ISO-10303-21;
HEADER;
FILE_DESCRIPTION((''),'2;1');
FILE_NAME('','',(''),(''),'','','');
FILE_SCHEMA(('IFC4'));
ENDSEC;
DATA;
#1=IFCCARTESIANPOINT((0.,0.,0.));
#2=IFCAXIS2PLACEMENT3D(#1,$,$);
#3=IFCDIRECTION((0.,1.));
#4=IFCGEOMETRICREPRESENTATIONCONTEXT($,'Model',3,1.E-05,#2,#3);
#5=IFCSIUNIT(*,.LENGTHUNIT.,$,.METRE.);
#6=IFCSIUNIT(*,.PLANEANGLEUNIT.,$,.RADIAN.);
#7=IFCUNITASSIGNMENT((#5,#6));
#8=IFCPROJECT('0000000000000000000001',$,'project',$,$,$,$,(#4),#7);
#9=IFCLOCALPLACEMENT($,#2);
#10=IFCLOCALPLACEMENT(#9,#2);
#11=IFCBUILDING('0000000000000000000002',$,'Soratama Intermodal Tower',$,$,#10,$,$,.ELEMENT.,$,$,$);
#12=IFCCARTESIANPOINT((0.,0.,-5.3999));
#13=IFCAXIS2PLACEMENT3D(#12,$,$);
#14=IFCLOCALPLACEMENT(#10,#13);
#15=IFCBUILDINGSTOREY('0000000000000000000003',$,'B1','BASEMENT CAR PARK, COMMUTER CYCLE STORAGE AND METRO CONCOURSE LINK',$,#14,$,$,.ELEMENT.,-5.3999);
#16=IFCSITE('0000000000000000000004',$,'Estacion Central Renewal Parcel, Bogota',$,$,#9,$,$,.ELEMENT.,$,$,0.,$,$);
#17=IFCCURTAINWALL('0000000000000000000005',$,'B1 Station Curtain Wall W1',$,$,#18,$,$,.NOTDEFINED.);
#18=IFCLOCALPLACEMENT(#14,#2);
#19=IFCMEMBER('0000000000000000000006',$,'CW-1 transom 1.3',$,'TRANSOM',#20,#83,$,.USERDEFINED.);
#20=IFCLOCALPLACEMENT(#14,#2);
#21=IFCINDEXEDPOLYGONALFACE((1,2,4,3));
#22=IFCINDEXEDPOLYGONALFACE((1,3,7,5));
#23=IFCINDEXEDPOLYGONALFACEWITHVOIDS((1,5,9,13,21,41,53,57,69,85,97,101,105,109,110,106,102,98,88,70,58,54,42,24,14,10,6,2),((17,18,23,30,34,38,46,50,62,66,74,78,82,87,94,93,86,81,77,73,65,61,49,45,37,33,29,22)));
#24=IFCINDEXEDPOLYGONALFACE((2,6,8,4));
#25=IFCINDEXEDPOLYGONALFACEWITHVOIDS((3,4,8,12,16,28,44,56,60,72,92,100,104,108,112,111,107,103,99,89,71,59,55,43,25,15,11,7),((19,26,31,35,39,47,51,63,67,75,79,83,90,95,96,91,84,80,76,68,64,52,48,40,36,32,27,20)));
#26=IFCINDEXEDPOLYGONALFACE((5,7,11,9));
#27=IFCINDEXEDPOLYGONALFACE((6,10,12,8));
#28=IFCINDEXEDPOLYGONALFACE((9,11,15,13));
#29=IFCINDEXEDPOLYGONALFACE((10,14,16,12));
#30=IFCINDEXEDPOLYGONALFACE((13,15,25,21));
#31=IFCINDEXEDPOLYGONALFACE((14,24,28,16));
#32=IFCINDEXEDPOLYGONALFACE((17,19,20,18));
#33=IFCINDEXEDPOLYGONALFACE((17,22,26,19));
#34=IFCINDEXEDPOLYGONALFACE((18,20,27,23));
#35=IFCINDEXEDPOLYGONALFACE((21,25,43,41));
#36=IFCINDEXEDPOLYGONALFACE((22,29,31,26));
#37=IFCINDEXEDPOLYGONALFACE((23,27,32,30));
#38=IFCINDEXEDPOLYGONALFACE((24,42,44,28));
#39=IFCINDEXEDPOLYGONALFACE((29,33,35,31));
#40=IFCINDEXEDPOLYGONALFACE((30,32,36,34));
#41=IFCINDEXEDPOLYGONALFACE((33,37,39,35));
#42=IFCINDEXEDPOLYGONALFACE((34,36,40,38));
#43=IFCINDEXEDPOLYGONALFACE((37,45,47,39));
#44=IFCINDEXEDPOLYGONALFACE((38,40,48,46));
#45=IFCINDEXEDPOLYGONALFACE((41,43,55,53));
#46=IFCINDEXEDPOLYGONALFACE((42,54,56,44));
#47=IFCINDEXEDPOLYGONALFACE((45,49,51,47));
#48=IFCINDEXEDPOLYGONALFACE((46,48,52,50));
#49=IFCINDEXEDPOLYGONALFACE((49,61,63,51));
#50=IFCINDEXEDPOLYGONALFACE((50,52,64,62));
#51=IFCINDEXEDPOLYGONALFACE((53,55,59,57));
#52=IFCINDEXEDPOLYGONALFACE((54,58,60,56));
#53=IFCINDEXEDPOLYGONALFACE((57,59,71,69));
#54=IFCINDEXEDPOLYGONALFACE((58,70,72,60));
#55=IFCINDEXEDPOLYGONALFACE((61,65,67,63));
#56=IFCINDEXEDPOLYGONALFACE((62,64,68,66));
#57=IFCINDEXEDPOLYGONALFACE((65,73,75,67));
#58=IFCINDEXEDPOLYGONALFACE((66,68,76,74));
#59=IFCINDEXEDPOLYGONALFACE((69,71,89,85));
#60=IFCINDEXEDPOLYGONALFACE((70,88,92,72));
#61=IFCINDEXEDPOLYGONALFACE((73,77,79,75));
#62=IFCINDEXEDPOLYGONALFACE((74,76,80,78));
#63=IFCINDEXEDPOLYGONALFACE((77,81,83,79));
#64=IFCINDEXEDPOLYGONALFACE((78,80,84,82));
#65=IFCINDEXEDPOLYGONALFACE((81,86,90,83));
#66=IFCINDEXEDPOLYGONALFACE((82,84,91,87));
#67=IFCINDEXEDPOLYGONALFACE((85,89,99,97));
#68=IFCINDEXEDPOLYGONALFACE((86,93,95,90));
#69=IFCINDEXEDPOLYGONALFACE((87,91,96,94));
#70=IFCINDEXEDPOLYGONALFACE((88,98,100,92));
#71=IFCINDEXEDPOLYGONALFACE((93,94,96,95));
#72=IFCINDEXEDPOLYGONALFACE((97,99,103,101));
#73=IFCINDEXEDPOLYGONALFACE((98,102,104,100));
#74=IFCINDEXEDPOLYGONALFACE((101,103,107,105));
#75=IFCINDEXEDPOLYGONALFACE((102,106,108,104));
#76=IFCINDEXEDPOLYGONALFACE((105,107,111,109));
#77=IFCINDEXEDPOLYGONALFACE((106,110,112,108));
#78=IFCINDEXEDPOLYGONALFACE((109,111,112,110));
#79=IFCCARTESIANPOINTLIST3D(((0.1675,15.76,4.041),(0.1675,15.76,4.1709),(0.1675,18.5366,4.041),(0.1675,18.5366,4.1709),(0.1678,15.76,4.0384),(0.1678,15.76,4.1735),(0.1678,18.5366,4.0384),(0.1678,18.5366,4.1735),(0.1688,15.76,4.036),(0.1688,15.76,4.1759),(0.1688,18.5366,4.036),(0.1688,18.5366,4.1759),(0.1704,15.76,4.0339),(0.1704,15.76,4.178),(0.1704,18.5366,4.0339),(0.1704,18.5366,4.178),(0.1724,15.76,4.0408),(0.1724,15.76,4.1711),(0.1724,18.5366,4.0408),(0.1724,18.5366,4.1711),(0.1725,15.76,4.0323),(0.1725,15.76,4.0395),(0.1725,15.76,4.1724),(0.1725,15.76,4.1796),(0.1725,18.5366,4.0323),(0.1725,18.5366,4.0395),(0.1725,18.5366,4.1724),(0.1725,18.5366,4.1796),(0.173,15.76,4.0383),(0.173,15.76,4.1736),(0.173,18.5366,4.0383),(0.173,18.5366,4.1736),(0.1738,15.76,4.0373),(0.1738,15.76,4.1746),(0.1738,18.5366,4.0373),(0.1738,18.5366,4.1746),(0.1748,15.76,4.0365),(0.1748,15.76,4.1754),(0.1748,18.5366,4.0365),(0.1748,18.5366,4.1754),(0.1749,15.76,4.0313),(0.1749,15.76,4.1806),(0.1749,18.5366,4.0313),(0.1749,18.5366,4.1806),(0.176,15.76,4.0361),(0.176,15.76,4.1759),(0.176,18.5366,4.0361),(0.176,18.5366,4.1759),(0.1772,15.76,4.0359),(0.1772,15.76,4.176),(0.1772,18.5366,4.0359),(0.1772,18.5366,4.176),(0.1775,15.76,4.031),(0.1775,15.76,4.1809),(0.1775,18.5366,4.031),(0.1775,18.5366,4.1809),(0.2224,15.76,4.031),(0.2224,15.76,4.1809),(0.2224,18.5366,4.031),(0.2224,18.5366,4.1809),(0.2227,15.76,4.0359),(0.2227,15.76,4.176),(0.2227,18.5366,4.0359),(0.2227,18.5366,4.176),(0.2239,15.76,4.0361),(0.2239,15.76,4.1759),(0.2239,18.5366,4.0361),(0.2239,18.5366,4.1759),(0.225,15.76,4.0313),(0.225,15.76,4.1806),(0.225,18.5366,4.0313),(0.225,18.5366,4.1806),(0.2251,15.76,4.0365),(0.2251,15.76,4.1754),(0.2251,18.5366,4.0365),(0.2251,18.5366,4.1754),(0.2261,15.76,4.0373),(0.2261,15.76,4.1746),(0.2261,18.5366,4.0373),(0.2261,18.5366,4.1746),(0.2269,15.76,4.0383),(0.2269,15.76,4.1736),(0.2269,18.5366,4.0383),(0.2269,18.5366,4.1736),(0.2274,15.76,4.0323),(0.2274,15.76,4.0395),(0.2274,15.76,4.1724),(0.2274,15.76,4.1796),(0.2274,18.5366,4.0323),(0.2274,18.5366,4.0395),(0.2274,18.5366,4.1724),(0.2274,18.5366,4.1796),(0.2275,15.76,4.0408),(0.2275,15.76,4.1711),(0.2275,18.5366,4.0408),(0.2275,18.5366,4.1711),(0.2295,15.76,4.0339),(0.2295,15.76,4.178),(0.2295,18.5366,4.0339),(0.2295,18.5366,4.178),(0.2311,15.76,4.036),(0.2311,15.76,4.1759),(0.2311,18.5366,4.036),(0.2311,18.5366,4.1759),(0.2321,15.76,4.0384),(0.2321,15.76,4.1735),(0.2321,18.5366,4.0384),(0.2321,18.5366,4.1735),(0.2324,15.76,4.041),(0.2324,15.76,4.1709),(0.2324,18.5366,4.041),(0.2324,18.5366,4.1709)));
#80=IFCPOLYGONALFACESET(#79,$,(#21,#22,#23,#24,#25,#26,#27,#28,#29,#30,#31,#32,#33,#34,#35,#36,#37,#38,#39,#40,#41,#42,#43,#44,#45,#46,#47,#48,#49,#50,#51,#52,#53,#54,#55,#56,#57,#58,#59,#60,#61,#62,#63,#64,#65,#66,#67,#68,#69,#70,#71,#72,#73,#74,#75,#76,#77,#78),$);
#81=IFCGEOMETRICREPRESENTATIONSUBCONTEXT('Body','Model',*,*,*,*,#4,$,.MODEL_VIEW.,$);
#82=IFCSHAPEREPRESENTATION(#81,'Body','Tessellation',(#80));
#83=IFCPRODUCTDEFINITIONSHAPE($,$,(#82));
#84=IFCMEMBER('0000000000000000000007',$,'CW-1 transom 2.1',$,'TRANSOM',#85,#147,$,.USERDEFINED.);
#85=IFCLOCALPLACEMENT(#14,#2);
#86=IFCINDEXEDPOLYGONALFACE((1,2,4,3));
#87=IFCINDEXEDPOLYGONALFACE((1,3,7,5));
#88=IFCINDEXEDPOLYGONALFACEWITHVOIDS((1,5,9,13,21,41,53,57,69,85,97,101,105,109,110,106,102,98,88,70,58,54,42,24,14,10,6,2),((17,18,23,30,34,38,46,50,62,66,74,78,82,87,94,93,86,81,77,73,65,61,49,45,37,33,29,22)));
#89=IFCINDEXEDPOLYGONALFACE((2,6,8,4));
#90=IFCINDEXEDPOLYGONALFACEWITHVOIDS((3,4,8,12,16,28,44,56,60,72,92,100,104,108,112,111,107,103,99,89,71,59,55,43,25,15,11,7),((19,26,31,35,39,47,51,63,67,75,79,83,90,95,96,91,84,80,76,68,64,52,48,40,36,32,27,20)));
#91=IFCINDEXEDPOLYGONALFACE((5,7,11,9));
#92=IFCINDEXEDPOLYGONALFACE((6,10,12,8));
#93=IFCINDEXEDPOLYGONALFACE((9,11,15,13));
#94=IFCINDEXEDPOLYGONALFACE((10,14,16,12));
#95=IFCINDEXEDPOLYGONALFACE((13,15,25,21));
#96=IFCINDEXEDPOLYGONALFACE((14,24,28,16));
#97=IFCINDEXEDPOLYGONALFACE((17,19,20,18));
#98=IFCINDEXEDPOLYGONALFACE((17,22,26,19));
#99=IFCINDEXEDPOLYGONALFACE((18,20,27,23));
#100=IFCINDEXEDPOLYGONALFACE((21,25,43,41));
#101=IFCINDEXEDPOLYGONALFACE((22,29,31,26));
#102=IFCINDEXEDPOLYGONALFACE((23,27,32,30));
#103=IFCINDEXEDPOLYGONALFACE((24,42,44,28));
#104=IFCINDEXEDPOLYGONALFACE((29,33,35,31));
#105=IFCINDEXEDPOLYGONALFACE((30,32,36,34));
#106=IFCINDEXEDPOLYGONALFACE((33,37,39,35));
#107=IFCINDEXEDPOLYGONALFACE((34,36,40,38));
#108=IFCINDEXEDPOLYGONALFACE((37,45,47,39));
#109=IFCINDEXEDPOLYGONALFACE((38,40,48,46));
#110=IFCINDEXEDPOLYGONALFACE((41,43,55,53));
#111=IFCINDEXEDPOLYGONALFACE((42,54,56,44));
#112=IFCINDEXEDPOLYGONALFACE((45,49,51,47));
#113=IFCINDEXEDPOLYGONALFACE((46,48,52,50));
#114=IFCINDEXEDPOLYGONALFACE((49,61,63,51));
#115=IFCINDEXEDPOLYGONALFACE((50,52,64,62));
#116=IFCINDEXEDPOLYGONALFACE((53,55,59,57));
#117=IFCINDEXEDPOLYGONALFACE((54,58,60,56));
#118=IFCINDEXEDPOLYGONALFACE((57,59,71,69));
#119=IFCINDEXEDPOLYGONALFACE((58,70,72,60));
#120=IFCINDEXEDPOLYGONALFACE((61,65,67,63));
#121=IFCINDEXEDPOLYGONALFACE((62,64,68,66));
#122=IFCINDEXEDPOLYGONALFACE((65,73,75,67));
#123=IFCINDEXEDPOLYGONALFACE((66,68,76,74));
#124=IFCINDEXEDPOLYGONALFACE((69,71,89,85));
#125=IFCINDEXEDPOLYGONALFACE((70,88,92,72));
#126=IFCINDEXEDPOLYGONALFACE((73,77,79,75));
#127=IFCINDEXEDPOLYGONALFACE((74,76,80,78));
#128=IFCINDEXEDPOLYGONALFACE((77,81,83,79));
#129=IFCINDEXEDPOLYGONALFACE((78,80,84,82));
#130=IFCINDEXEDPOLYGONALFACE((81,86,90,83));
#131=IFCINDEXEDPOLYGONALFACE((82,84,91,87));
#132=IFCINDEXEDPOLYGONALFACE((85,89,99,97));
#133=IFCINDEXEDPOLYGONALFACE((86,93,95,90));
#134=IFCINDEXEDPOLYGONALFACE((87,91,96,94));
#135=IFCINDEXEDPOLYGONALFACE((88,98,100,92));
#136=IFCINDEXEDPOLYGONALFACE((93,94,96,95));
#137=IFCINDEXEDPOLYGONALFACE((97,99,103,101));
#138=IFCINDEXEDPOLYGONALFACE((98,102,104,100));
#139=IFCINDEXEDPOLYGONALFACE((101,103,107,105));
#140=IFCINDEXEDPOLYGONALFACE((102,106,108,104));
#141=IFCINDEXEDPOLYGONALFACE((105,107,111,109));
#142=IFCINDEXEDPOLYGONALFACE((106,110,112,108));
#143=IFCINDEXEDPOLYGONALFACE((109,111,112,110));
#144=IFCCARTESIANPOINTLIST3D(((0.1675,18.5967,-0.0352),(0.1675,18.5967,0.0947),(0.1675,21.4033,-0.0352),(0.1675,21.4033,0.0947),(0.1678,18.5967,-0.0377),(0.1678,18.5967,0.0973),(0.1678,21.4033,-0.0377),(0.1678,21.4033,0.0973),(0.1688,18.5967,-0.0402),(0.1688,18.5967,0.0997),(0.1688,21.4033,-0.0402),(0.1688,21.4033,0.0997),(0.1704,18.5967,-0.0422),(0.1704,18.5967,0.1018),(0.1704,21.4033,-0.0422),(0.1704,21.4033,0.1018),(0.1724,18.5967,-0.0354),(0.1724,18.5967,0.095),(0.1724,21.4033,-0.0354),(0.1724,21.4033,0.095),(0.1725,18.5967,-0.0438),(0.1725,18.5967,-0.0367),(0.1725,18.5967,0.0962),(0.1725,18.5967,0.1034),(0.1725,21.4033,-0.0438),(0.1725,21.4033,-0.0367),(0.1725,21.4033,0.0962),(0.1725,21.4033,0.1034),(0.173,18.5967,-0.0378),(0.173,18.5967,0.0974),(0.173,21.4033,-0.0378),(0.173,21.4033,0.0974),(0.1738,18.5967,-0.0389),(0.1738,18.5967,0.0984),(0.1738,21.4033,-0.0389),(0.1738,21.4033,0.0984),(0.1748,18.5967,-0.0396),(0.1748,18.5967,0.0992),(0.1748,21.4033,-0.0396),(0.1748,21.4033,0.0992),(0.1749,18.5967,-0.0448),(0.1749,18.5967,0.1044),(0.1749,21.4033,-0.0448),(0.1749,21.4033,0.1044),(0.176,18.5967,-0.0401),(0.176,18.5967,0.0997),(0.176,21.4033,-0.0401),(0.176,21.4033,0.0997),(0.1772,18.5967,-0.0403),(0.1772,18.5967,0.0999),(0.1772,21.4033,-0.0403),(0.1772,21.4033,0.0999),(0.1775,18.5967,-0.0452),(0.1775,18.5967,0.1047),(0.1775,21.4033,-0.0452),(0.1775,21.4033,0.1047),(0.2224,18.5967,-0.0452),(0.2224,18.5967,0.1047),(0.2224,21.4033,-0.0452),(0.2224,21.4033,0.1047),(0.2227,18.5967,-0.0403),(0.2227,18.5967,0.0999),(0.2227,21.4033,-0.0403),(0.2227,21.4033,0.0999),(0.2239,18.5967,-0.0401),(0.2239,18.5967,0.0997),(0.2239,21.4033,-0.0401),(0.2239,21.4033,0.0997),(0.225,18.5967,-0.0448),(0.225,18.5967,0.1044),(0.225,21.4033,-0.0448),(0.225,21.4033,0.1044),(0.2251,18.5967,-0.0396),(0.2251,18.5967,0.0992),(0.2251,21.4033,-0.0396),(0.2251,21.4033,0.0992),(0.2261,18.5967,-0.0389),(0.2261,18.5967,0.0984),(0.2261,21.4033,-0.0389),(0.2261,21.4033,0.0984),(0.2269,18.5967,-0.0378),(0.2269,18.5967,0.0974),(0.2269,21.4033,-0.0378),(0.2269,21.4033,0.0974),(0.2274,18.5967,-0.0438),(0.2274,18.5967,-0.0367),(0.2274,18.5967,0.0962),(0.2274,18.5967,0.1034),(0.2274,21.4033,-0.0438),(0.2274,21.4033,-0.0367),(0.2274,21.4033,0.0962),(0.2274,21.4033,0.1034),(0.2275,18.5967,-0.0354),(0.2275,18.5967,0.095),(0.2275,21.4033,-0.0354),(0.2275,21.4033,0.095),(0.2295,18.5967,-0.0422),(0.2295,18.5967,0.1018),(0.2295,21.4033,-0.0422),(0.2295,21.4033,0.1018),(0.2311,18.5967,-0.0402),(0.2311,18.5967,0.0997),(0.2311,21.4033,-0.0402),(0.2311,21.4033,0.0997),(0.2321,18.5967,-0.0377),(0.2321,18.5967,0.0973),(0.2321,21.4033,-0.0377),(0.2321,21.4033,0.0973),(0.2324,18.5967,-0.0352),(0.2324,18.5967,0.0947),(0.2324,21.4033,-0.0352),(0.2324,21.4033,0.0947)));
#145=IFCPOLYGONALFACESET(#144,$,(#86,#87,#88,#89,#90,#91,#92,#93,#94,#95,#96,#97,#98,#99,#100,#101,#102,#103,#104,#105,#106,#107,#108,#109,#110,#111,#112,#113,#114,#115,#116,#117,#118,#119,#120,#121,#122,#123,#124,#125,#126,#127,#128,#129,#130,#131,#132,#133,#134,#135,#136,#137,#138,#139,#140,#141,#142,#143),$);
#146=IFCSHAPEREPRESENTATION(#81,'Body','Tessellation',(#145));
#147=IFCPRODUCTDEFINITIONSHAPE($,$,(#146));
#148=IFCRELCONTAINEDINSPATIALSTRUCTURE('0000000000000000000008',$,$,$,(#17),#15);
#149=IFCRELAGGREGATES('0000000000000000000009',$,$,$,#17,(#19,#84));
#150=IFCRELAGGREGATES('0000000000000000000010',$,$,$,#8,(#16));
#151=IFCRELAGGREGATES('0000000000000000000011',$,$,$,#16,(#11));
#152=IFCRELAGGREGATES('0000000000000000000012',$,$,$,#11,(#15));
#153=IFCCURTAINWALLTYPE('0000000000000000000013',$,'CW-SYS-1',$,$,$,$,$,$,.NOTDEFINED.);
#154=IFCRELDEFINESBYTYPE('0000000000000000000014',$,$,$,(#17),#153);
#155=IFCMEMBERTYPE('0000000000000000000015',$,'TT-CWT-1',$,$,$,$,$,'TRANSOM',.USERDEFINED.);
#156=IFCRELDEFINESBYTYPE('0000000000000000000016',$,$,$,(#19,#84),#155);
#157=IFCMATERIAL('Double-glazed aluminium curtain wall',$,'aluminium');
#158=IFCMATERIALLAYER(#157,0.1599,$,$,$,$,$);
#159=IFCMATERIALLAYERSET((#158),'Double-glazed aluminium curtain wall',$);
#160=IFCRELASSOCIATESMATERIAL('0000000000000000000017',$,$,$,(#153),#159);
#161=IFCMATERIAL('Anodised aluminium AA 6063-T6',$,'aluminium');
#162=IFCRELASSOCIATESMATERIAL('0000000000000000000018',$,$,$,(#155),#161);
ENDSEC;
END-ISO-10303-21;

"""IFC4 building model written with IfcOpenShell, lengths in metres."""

from ifc_helpers import new_model, si_unit, direction, frame, origin, origin_2d, place, context, subcontext, project, spatial, hollow_rectangle, extrude, material, layer, layer_set, material_profile, profile_set, type_object, element, aggregate, save


model = new_model("IFC4")

# Units and contexts
model_context = context("Model", 3, precision=1e-05, world=origin(), true_north=direction((0.0, 1.0)))
body_context = subcontext(model_context, "Body", "Model", "MODEL_VIEW")
ifc_project = project(units=[si_unit("LENGTHUNIT", "METRE"), si_unit("PLANEANGLEUNIT", "RADIAN")], contexts=[model_context])

# Site, building, storey
site_placement = place(None, origin())
site = spatial("IfcSite", under=ifc_project, at=site_placement, Name="Estacion Central Renewal Parcel, Bogota", CompositionType="ELEMENT", RefElevation=0.0)
building_placement = place(site_placement, origin())
building = spatial("IfcBuilding", under=site, at=building_placement, Name="Soratama Intermodal Tower", CompositionType="ELEMENT")
storey_placement = place(building_placement, frame((0.0, 0.0, -5.3999)))
storey = spatial("IfcBuildingStorey", under=building, at=storey_placement, Name="B1", Description="BASEMENT CAR PARK, COMMUTER CYCLE STORAGE AND METRO CONCOURSE LINK", CompositionType="ELEMENT", Elevation=-5.3999)

# Curtain wall, members
ifc_material_1 = material(Name="Double-glazed aluminium curtain wall", Category="aluminium")
ifc_layer_1 = layer(ifc_material_1, 0.1599)
ifc_layer_set_1 = layer_set([ifc_layer_1], Name="Double-glazed aluminium curtain wall")
curtain_wall_type = type_object("IfcCurtainWallType", Name="CW-SYS-1", PredefinedType="NOTDEFINED", material=ifc_layer_set_1)
curtain_wall_placement = place(storey_placement, origin())
curtain_wall = element("IfcCurtainWall", 1, at=curtain_wall_placement, inside=storey, type_object=curtain_wall_type, Name="B1 Station Curtain Wall W1", PredefinedType="NOTDEFINED")
ifc_material_2 = material(Name="Anodised aluminium AA 6063-T6", Category="aluminium")
ifc_material_profile_1 = material_profile(ifc_material_2, hollow_rectangle(XDim=0.0649, YDim=0.1499, WallThickness=0.0049, InnerFilletRadius=0.0049, OuterFilletRadius=0.01, at=origin_2d()), Name="CWT150X65X5")
ifc_profile_set_1 = profile_set([ifc_material_profile_1], Name="Anodised aluminium AA 6063-T6")
member_type_1 = type_object("IfcMemberType", Name="TT-CWT-1", ElementType="TRANSOM", PredefinedType="USERDEFINED", material=ifc_profile_set_1)
member_1_placement = place(storey_placement, frame((0.2, 15.76, 4.106), z_axis=(0.0, 1.0, 0.0), x_axis=(-1.0, 0.0, 0.0)))
member_1 = element("IfcMember", 2, at=member_1_placement, type_object=member_type_1, Name="CW-1 transom 1.3", ObjectType="TRANSOM", PredefinedType="USERDEFINED", context=body_context, shape_type="SweptSolid", body=[
    extrude(hollow_rectangle(XDim=0.0649, YDim=0.1499, WallThickness=0.0049, InnerFilletRadius=0.0049, OuterFilletRadius=0.01, at=origin_2d()), origin(), (0.0, 0.0, 1.0), 2.7766),
])
member_2_placement = place(storey_placement, frame((0.2, 18.5967, 0.0298), z_axis=(0.0, 1.0, 0.0), x_axis=(-1.0, 0.0, 0.0)))
member_2 = element("IfcMember", 3, at=member_2_placement, type_object=member_type_1, Name="CW-1 transom 2.1", ObjectType="TRANSOM", PredefinedType="USERDEFINED", context=body_context, shape_type="SweptSolid", body=[
    extrude(hollow_rectangle(XDim=0.0649, YDim=0.1499, WallThickness=0.0049, InnerFilletRadius=0.0049, OuterFilletRadius=0.01, at=origin_2d()), origin(), (0.0, 0.0, 1.0), 2.8066),
])
aggregate(curtain_wall, [member_1, member_2])

save(model, "model.ifc")
